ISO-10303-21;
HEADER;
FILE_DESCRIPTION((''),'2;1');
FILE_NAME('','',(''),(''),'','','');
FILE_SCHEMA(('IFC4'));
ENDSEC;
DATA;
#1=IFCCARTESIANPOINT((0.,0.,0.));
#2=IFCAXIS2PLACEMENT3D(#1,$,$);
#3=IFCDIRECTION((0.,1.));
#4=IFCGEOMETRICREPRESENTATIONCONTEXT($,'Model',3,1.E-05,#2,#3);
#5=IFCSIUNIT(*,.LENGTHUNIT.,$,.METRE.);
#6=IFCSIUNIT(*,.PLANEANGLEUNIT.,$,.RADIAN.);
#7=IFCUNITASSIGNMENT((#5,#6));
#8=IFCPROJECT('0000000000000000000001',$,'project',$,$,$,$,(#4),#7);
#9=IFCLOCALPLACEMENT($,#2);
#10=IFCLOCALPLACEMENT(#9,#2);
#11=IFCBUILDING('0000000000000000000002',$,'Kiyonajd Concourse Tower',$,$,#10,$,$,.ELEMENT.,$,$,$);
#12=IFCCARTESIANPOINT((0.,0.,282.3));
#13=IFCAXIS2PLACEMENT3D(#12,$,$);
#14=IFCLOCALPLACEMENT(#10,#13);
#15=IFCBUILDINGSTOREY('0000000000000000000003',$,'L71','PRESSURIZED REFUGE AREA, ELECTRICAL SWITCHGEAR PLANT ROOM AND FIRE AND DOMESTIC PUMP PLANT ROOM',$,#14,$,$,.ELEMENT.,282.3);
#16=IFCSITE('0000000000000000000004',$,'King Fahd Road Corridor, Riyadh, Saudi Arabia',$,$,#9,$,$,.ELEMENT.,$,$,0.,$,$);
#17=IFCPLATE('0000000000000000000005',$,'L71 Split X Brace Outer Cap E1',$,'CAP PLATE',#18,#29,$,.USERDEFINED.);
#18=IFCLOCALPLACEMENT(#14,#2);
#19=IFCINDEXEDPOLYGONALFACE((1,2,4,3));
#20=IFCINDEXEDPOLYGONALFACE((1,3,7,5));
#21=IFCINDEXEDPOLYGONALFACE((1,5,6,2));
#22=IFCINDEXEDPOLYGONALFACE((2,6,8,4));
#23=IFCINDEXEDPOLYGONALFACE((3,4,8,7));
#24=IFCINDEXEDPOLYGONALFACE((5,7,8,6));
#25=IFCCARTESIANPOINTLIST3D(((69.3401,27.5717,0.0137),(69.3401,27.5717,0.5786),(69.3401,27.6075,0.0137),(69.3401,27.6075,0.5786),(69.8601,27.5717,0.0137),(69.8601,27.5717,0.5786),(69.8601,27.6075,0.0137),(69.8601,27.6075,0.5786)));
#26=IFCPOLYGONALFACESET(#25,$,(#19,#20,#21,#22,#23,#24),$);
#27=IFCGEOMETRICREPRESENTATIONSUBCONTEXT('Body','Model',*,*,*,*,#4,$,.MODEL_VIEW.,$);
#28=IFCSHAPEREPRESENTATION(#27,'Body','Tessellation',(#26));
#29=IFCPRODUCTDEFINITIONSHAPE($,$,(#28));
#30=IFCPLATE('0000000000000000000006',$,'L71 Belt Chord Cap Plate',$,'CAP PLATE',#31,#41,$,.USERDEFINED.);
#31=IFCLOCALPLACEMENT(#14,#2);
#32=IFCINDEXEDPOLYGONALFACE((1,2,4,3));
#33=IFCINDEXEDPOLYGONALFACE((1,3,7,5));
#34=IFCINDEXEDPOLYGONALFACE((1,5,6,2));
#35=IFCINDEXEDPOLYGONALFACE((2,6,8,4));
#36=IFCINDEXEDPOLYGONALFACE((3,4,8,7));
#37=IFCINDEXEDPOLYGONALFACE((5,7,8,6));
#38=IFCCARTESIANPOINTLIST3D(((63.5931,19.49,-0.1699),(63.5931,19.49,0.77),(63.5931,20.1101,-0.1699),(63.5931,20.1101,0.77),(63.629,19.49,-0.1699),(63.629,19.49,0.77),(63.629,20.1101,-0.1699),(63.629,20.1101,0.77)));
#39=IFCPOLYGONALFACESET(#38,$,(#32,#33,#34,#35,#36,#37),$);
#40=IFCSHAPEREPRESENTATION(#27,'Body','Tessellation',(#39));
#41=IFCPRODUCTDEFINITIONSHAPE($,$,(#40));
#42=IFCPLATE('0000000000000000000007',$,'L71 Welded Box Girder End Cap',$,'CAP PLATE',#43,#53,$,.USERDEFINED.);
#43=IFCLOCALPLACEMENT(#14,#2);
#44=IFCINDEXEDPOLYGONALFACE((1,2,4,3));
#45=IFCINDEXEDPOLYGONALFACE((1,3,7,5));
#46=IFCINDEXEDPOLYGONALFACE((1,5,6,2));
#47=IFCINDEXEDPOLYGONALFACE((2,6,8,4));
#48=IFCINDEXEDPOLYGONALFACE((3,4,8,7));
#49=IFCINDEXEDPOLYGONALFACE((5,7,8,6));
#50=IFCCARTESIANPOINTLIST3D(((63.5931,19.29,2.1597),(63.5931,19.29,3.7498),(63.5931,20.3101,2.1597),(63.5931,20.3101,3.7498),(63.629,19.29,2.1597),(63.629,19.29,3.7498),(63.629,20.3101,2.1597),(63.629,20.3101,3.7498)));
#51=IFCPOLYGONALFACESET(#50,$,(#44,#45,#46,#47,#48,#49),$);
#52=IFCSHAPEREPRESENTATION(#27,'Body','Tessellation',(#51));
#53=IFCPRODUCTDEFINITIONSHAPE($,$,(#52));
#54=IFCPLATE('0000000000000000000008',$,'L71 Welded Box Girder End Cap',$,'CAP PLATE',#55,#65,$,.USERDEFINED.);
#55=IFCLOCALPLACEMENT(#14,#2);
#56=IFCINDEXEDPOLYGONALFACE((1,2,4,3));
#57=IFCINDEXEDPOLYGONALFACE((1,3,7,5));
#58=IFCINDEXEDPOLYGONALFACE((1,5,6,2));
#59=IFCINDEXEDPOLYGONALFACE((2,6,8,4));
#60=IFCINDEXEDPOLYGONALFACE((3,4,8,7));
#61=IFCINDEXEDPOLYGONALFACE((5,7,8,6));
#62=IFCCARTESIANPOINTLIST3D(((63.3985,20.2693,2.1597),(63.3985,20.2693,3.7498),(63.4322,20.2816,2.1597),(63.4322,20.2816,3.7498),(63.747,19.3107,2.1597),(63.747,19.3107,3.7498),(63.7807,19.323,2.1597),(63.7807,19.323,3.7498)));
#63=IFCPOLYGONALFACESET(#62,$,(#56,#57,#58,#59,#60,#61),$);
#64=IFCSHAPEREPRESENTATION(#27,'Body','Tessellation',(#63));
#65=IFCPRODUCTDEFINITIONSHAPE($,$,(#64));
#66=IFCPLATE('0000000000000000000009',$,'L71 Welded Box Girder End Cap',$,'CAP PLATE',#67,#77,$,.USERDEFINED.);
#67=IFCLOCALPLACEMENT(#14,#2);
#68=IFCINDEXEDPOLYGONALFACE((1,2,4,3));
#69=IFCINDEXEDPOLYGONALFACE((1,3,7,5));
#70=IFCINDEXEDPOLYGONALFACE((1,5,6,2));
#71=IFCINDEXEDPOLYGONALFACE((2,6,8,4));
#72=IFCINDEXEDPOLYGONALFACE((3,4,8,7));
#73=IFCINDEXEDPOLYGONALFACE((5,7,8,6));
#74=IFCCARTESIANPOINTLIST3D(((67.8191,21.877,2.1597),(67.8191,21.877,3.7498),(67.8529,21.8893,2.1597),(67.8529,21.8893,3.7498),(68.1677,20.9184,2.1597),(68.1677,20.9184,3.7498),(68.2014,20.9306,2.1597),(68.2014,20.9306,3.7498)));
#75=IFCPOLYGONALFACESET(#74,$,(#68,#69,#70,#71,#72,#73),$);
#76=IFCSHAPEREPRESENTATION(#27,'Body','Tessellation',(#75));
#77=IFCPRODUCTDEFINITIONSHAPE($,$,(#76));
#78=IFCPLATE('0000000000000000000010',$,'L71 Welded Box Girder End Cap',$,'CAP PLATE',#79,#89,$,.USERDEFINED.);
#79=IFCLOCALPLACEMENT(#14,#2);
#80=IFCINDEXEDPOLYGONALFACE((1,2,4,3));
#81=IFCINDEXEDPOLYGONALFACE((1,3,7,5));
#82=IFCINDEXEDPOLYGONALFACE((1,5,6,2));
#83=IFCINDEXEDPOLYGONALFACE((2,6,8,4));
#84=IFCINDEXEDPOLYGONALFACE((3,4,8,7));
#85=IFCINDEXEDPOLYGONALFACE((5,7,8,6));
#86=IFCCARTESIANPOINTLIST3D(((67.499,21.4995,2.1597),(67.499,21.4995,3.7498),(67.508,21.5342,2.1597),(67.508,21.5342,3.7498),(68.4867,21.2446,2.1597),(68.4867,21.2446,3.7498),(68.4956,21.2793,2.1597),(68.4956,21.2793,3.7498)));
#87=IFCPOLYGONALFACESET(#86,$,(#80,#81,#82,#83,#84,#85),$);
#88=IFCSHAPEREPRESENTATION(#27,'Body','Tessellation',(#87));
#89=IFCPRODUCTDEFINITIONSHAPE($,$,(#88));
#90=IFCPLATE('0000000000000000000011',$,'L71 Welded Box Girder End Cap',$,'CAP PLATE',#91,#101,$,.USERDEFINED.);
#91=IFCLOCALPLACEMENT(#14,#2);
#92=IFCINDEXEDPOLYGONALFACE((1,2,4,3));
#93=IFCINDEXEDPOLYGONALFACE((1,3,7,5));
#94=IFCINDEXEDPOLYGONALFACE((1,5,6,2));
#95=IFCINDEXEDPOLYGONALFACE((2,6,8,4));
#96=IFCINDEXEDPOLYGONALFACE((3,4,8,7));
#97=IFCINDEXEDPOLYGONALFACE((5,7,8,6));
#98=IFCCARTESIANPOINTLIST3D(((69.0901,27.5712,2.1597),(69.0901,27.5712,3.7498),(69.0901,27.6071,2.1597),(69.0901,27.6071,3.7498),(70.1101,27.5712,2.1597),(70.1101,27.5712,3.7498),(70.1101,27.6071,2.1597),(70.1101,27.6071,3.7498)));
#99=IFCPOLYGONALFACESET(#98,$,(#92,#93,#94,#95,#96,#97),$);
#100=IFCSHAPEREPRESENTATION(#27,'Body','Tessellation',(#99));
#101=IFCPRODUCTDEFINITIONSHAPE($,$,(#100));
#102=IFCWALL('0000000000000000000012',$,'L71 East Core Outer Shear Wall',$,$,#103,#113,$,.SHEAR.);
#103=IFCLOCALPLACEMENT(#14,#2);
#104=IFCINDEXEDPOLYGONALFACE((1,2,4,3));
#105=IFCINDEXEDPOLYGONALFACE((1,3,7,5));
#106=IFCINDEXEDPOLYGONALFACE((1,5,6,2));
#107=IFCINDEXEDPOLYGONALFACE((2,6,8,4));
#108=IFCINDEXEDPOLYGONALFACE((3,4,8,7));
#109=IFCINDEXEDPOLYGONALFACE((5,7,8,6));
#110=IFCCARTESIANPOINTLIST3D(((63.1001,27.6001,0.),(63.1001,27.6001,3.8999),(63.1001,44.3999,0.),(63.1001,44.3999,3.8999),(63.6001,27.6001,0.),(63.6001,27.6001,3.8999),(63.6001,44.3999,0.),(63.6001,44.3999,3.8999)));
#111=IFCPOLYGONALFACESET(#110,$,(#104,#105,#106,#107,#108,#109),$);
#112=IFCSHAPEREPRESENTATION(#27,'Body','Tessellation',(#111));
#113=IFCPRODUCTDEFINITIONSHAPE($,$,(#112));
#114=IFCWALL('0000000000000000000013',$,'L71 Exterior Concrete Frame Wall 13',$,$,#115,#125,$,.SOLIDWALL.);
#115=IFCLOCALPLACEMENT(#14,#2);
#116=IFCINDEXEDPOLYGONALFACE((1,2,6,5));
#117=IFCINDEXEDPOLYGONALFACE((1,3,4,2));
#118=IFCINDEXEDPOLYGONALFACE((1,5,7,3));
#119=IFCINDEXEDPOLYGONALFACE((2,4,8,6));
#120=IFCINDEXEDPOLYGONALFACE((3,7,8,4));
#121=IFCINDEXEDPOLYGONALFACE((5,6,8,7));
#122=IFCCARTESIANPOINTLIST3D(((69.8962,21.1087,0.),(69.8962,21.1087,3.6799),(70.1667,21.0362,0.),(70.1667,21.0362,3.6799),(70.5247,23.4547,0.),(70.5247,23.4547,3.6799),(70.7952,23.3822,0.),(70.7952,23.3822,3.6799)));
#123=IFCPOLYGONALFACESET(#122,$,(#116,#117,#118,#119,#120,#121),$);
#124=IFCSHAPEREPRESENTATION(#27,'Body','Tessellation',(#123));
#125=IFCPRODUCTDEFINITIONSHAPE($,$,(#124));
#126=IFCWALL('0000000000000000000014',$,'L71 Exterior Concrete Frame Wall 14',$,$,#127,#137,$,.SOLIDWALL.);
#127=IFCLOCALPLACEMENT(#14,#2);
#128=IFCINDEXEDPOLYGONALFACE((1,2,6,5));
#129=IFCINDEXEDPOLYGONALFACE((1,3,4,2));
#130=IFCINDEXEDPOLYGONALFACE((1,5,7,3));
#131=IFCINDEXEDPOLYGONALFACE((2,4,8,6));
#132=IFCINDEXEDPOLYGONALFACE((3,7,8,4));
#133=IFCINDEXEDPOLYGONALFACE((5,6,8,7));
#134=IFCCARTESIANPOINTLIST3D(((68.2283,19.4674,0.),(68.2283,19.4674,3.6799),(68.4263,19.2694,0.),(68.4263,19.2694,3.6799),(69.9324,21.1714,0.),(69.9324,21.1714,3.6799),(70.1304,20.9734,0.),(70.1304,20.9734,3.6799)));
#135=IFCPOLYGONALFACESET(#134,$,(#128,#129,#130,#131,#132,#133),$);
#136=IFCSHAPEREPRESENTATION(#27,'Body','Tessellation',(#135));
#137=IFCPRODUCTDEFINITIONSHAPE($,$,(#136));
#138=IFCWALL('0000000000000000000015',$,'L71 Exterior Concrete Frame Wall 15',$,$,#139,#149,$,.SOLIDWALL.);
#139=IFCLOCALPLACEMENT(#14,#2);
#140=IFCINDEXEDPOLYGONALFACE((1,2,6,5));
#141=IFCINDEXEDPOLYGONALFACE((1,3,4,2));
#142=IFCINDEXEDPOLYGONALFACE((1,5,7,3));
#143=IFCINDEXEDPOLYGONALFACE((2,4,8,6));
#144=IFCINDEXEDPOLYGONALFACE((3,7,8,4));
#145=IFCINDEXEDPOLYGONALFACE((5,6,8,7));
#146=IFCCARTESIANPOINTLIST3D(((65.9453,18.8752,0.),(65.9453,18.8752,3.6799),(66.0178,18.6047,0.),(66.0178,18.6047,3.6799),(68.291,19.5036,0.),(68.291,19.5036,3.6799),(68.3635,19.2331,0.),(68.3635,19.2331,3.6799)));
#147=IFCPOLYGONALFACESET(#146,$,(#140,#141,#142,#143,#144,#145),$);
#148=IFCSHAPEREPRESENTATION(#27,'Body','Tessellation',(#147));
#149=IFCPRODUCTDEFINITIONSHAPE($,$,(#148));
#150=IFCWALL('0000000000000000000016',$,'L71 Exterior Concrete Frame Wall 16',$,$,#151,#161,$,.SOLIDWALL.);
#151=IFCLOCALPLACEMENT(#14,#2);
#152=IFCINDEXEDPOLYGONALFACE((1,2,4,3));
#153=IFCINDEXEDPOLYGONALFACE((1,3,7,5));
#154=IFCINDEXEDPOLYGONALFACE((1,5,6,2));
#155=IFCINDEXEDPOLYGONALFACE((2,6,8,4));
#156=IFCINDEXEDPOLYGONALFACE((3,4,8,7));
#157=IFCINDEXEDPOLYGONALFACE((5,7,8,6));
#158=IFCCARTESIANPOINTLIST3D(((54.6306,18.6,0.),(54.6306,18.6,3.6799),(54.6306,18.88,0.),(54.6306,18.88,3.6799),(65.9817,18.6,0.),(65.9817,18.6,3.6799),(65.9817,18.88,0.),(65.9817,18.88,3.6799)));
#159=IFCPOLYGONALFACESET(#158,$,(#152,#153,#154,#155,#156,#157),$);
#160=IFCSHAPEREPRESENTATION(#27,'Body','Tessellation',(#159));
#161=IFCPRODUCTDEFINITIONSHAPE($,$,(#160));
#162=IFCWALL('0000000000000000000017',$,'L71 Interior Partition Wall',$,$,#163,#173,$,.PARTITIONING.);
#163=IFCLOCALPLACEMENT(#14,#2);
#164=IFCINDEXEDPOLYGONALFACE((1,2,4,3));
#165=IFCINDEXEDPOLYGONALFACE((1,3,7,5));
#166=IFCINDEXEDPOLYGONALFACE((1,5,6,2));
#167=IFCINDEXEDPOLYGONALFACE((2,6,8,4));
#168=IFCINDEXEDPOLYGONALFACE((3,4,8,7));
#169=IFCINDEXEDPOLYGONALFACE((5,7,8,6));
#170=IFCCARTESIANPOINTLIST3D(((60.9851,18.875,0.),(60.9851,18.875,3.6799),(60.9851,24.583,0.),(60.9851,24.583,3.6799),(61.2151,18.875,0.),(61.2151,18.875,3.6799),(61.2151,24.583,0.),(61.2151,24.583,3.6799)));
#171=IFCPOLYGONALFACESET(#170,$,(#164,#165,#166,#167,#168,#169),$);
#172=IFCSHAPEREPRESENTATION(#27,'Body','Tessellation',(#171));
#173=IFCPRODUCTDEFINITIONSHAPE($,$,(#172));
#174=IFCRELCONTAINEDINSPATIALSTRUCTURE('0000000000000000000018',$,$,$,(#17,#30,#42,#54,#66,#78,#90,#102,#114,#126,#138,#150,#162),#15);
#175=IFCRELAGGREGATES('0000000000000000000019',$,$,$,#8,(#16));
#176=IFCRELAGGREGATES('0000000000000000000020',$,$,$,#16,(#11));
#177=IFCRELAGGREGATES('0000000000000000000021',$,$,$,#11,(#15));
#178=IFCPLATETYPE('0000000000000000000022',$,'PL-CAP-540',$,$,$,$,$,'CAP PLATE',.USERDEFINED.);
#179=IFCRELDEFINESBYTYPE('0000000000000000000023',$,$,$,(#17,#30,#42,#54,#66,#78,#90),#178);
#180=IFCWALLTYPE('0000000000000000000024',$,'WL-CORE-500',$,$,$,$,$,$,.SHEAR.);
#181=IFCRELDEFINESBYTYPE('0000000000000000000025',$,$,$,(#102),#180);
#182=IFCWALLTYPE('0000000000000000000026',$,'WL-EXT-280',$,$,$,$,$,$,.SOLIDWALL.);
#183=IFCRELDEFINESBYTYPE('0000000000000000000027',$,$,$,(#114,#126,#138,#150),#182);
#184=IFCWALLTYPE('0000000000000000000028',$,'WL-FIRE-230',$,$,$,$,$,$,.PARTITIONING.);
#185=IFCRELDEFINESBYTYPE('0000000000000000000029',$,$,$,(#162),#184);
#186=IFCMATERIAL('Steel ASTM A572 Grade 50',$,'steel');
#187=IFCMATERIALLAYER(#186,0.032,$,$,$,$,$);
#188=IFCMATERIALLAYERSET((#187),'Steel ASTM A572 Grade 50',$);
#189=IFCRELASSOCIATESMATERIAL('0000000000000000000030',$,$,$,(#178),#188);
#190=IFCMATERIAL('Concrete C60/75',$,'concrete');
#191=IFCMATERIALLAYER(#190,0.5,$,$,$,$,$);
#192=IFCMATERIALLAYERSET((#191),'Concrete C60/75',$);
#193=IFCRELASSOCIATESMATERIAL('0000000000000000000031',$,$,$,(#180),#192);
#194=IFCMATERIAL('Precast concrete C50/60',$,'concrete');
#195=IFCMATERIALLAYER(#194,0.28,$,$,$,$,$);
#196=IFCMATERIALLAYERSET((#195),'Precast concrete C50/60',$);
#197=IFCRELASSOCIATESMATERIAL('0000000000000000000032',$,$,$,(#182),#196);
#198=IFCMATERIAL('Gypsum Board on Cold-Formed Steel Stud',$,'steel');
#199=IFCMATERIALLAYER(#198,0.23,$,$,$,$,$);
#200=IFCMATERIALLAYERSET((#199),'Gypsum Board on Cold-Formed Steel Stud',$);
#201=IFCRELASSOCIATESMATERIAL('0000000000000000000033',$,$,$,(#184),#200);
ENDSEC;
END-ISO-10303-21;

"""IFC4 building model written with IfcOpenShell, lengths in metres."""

from ifc_helpers import new_model, si_unit, direction, frame, frame_2d, origin, origin_2d, place, context, subcontext, project, spatial, rectangle, extrude, material, layer, layer_set, type_object, element, save


model = new_model("IFC4")

# Units and contexts
model_context = context("Model", 3, precision=1e-05, world=origin(), true_north=direction((0.0, 1.0)))
body_context = subcontext(model_context, "Body", "Model", "MODEL_VIEW")
ifc_project = project(units=[si_unit("LENGTHUNIT", "METRE"), si_unit("PLANEANGLEUNIT", "RADIAN")], contexts=[model_context])

# Site, building, storey
site_placement = place(None, origin())
site = spatial("IfcSite", under=ifc_project, at=site_placement, Name="King Fahd Road Corridor, Riyadh, Saudi Arabia", CompositionType="ELEMENT", RefElevation=0.0)
building_placement = place(site_placement, origin())
building = spatial("IfcBuilding", under=site, at=building_placement, Name="Kiyonajd Concourse Tower", CompositionType="ELEMENT")
storey_placement = place(building_placement, frame((0.0, 0.0, 282.3)))
storey = spatial("IfcBuildingStorey", under=building, at=storey_placement, Name="L71", Description="PRESSURIZED REFUGE AREA, ELECTRICAL SWITCHGEAR PLANT ROOM AND FIRE AND DOMESTIC PUMP PLANT ROOM", CompositionType="ELEMENT", Elevation=282.3)

# Shared definitions
ifc_material_1 = material(Name="Concrete C60/75", Category="concrete")

# Shared definitions
ifc_material_2 = material(Name="Steel ASTM A572 Grade 50", Category="steel")

# Plates
ifc_layer_1 = layer(ifc_material_2, 0.032)
ifc_layer_set_1 = layer_set([ifc_layer_1], Name="Steel ASTM A572 Grade 50")
plate_type = type_object("IfcPlateType", Name="PL-CAP-540", ElementType="CAP PLATE", PredefinedType="USERDEFINED", material=ifc_layer_set_1)
plate_1_placement = place(storey_placement, frame((69.6001, 27.5896, 0.0137), z_axis=(0.0, 0.0, 1.0), x_axis=(0.0, -1.0, 0.0)))
element("IfcPlate", 1, at=plate_1_placement, inside=storey, type_object=plate_type, Name="L71 Split X Brace Outer Cap E1", ObjectType="CAP PLATE", PredefinedType="USERDEFINED", context=body_context, shape_type="SweptSolid", body=[
    extrude(rectangle(XDim=0.0359, YDim=0.52, at=origin_2d()), origin(), (0.0, 0.0, 1.0), 0.5649),
])
plate_2_placement = place(storey_placement, frame((63.6111, 19.8, -0.1699), z_axis=(0.0, 0.0, 1.0), x_axis=(1.0, 0.0, 0.0)))
element("IfcPlate", 2, at=plate_2_placement, inside=storey, type_object=plate_type, Name="L71 Belt Chord Cap Plate", ObjectType="CAP PLATE", PredefinedType="USERDEFINED", context=body_context, shape_type="SweptSolid", body=[
    extrude(rectangle(XDim=0.0359, YDim=0.6201, at=origin_2d()), origin(), (0.0, 0.0, 1.0), 0.9399),
])
for number, where, z_axis, x_axis, name in (
    (3, (63.6111, 19.8, 2.1597), (0.0, 0.0, 1.0), (1.0, 0.0, 0.0), "L71 Welded Box Girder End Cap"),
    (4, (63.5896, 19.7961, 2.1597), (0.0, 0.0, 1.0), (-0.939812, -0.341692, 0.0), "L71 Welded Box Girder End Cap"),
    (5, (68.0103, 21.4038, 2.1597), (0.0, 0.0, 1.0), (0.939812, 0.341692, 0.0), "L71 Welded Box Girder End Cap"),
    (6, (67.9973, 21.3894, 2.1597), (0.0, 0.0, 1.0), (-0.249873, -0.968279, 0.0), "L71 Welded Box Girder End Cap"),
    (7, (69.6001, 27.5891, 2.1597), (0.0, 0.0, 1.0), (0.0, -1.0, 0.0), "L71 Welded Box Girder End Cap"),
):
    element("IfcPlate", number, at=place(storey_placement, frame(where, z_axis=z_axis, x_axis=x_axis)), inside=storey, type_object=plate_type, Name=name, ObjectType="CAP PLATE", PredefinedType="USERDEFINED", context=body_context, shape_type="SweptSolid", body=[
        extrude(rectangle(XDim=0.0359, YDim=1.02, at=origin_2d()), origin(), (0.0, 0.0, 1.0), 1.5901),
    ])

# Walls
ifc_layer_2 = layer(ifc_material_1, 0.5)
ifc_layer_set_2 = layer_set([ifc_layer_2], Name="Concrete C60/75")
wall_type_1 = type_object("IfcWallType", Name="WL-CORE-500", PredefinedType="SHEAR", material=ifc_layer_set_2)
wall_1_placement = place(storey_placement, frame((63.3501, 27.6001, 0.0), z_axis=(0.0, 0.0, 1.0), x_axis=(0.0, 1.0, 0.0)))
element("IfcWall", 8, at=wall_1_placement, inside=storey, type_object=wall_type_1, Name="L71 East Core Outer Shear Wall", PredefinedType="SHEAR", context=body_context, shape_type="SweptSolid", body=[
    extrude(rectangle(XDim=16.7998, YDim=0.5, at=frame_2d((8.3999, 0.0))), origin(), (0.0, 0.0, 1.0), 3.8999),
])
ifc_material_3 = material(Name="Precast concrete C50/60", Category="concrete")
ifc_layer_3 = layer(ifc_material_3, 0.28)
ifc_layer_set_3 = layer_set([ifc_layer_3], Name="Precast concrete C50/60")
wall_type_2 = type_object("IfcWallType", Name="WL-EXT-280", PredefinedType="SOLIDWALL", material=ifc_layer_set_3)
wall_2_placement = place(storey_placement, frame((70.6599, 23.4185, 0.0), z_axis=(0.0, 0.0, 1.0), x_axis=(-0.258751, -0.965944, 0.0)))
element("IfcWall", 9, at=wall_2_placement, inside=storey, type_object=wall_type_2, Name="L71 Exterior Concrete Frame Wall 13", PredefinedType="SOLIDWALL", context=body_context, shape_type="SweptSolid", body=[
    extrude(rectangle(XDim=2.4287, YDim=0.28, at=frame_2d((1.2144, 0.0))), origin(), (0.0, 0.0, 1.0), 3.6799),
])
wall_3_placement = place(storey_placement, frame((70.0315, 21.0725, 0.0), z_axis=(0.0, 0.0, 1.0), x_axis=(-0.707107, -0.707107, 0.0)))
element("IfcWall", 10, at=wall_3_placement, inside=storey, type_object=wall_type_2, Name="L71 Exterior Concrete Frame Wall 14", PredefinedType="SOLIDWALL", context=body_context, shape_type="SweptSolid", body=[
    extrude(rectangle(XDim=2.4099, YDim=0.28, at=frame_2d((1.2051, 0.0))), origin(), (0.0, 0.0, 1.0), 3.6799),
])
wall_4_placement = place(storey_placement, frame((68.3274, 19.3684, 0.0), z_axis=(0.0, 0.0, 1.0), x_axis=(-0.965937, -0.258776, 0.0)))
element("IfcWall", 11, at=wall_4_placement, inside=storey, type_object=wall_type_2, Name="L71 Exterior Concrete Frame Wall 15", PredefinedType="SOLIDWALL", context=body_context, shape_type="SweptSolid", body=[
    extrude(rectangle(XDim=2.4285, YDim=0.28, at=frame_2d((1.2144, 0.0))), origin(), (0.0, 0.0, 1.0), 3.6799),
])
wall_5_placement = place(storey_placement, frame((65.9817, 18.74, 0.0), z_axis=(0.0, 0.0, 1.0), x_axis=(-1.0, 0.0, 0.0)))
element("IfcWall", 12, at=wall_5_placement, inside=storey, type_object=wall_type_2, Name="L71 Exterior Concrete Frame Wall 16", PredefinedType="SOLIDWALL", context=body_context, shape_type="SweptSolid", body=[
    extrude(rectangle(XDim=11.3511, YDim=0.28, at=frame_2d((5.6755, 0.0))), origin(), (0.0, 0.0, 1.0), 3.6799),
])
ifc_material_4 = material(Name="Gypsum Board on Cold-Formed Steel Stud", Category="steel")
ifc_layer_4 = layer(ifc_material_4, 0.23)
ifc_layer_set_4 = layer_set([ifc_layer_4], Name="Gypsum Board on Cold-Formed Steel Stud")
wall_type_3 = type_object("IfcWallType", Name="WL-FIRE-230", PredefinedType="PARTITIONING", material=ifc_layer_set_4)
wall_6_placement = place(storey_placement, frame((61.1001, 18.875, 0.0), z_axis=(0.0, 0.0, 1.0), x_axis=(0.0, 1.0, 0.0)))
element("IfcWall", 13, at=wall_6_placement, inside=storey, type_object=wall_type_3, Name="L71 Interior Partition Wall", PredefinedType="PARTITIONING", context=body_context, shape_type="SweptSolid", body=[
    extrude(rectangle(XDim=5.708, YDim=0.23, at=frame_2d((2.854, 0.0))), origin(), (0.0, 0.0, 1.0), 3.6799),
])

save(model, "model.ifc")
